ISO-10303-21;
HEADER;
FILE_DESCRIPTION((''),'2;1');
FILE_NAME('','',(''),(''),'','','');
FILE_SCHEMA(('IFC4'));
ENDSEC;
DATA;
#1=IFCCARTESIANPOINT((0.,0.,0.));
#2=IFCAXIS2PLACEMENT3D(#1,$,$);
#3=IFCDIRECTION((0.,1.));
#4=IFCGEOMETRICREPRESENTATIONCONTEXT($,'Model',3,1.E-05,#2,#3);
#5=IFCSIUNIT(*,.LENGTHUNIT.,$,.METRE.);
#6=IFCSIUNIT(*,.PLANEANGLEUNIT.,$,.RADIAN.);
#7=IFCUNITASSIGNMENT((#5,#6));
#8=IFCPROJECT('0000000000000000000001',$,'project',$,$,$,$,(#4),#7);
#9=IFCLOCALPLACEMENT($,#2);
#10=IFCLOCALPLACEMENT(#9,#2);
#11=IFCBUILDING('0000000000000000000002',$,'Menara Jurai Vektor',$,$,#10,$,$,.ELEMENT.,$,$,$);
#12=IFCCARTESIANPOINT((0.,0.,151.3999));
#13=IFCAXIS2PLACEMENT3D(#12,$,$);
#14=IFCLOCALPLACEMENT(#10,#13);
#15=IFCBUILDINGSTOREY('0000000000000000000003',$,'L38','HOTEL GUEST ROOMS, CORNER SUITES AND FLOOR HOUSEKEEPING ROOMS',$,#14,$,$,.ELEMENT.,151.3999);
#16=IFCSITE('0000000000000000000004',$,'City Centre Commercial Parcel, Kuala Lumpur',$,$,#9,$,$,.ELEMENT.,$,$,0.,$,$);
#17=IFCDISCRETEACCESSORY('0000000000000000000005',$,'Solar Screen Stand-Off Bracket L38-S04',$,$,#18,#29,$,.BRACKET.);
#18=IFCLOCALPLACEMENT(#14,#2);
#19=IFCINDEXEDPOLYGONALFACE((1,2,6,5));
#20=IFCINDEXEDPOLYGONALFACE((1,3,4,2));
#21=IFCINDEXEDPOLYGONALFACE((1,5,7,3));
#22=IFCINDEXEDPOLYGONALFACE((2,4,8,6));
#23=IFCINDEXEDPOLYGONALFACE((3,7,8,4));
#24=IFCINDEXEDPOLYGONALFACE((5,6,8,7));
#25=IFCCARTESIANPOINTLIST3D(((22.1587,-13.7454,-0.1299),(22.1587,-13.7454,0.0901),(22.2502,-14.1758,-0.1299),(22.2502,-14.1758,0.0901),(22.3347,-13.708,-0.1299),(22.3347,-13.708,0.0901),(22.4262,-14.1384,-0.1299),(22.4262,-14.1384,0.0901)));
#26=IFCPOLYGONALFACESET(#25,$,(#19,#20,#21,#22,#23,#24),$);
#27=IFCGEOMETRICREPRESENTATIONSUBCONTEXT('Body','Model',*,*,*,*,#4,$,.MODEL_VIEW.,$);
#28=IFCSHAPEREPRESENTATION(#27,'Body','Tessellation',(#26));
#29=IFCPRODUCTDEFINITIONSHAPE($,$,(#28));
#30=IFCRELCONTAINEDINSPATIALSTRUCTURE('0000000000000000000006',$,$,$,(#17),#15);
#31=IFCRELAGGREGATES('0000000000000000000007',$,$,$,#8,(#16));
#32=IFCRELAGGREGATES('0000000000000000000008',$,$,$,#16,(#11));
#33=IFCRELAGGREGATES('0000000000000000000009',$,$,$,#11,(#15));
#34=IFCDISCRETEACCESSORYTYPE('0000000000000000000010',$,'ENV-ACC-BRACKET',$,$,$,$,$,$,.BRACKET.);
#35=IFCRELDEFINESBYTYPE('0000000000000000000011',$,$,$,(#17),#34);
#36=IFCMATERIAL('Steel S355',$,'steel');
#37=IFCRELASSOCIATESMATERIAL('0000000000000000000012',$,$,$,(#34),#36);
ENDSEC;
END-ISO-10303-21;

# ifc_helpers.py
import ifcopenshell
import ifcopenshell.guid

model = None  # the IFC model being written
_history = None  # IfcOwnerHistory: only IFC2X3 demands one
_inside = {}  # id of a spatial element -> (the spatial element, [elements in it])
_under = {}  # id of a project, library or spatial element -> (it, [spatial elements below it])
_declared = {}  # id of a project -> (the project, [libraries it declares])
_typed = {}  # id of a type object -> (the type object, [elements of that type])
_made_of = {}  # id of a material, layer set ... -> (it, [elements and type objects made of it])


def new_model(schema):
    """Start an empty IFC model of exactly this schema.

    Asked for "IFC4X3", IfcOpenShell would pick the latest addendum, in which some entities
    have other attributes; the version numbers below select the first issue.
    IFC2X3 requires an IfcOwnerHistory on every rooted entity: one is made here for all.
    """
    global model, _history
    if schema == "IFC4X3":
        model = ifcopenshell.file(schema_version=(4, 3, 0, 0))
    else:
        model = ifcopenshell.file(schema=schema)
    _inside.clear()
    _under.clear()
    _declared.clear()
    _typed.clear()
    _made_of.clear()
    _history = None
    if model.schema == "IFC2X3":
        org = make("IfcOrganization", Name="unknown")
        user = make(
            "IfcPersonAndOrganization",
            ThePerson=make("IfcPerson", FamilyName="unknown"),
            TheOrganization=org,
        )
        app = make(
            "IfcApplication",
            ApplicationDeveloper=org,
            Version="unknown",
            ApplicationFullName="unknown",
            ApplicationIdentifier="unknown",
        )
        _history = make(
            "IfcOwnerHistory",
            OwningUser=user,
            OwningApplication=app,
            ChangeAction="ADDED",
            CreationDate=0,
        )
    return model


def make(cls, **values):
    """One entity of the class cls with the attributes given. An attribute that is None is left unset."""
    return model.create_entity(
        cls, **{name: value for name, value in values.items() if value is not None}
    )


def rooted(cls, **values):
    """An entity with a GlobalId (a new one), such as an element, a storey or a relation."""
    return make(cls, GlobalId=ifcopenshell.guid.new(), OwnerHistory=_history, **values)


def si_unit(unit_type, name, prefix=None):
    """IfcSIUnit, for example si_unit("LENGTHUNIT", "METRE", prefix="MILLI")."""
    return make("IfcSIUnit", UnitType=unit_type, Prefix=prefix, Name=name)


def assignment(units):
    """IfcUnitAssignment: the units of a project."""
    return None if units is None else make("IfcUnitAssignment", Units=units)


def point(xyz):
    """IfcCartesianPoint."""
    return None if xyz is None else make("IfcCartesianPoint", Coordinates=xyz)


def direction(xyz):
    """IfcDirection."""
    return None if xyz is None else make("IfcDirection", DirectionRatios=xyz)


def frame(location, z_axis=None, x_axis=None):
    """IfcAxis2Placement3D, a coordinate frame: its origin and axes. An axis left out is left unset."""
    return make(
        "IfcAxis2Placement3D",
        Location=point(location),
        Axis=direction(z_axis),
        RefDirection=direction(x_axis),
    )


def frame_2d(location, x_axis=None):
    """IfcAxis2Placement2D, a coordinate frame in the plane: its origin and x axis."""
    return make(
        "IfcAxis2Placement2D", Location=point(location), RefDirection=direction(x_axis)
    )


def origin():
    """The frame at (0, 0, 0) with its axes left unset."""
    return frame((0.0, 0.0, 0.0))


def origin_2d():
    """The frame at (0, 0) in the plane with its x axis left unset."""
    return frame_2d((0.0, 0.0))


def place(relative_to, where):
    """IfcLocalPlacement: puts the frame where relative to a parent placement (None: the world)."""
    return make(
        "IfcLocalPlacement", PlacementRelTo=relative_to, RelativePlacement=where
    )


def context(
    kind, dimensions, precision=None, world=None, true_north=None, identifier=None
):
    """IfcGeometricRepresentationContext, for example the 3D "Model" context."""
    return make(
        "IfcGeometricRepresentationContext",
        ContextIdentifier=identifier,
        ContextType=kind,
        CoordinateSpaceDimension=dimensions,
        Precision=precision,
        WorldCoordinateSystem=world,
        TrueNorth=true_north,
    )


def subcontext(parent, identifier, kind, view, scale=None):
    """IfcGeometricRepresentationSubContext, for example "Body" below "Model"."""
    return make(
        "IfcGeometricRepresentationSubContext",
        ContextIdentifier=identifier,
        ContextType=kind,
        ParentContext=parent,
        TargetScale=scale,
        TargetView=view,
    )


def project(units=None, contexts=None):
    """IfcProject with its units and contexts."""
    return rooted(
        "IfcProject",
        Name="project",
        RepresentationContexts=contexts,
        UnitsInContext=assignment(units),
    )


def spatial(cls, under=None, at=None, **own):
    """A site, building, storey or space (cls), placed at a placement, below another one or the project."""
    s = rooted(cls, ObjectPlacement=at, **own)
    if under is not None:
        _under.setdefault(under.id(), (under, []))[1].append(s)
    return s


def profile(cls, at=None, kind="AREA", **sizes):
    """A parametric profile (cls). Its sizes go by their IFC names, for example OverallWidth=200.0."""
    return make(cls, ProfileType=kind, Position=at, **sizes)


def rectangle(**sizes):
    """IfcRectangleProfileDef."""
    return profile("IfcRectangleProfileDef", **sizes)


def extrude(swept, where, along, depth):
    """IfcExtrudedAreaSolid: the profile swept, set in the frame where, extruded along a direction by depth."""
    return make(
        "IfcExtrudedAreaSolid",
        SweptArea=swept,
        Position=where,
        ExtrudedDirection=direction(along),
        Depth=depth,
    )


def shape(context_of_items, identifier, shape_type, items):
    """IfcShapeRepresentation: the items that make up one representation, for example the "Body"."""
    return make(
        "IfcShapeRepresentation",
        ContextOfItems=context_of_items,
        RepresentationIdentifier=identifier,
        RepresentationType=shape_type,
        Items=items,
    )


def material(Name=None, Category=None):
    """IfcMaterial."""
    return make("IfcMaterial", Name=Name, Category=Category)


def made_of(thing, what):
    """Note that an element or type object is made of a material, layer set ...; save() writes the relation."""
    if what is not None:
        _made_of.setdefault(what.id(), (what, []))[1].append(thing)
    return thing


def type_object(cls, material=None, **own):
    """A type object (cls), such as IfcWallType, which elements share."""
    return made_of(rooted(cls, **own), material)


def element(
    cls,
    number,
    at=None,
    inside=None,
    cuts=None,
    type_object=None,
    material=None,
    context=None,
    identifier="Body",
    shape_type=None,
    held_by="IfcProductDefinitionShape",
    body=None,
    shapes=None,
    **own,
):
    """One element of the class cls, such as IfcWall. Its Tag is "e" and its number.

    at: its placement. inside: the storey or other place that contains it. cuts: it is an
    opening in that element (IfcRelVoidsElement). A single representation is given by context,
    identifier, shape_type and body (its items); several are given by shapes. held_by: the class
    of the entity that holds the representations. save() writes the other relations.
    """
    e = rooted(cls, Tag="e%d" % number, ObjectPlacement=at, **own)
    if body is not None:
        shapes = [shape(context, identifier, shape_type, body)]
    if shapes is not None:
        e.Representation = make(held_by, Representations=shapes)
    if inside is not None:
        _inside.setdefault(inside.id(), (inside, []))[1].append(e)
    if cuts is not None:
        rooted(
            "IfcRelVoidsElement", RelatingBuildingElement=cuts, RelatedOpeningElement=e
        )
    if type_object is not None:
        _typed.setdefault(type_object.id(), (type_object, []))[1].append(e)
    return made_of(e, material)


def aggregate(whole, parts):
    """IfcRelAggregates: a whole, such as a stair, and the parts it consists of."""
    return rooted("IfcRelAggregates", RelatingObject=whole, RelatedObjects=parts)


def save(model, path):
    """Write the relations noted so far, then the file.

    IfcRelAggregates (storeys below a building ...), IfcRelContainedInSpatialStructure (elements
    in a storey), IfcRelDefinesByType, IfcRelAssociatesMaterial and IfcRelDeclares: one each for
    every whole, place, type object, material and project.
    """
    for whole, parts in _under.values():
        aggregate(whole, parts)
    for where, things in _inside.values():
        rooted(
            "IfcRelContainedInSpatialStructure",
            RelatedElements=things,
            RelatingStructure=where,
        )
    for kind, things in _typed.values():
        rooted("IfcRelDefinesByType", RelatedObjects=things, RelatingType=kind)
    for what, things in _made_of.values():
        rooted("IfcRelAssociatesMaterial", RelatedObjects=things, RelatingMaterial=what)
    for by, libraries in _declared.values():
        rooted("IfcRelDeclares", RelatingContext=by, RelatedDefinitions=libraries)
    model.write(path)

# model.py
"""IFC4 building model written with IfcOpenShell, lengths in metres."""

from ifc_helpers import new_model, si_unit, direction, frame, origin, origin_2d, place, context, subcontext, project, spatial, rectangle, extrude, material, type_object, element, save


model = new_model("IFC4")

# Units and contexts
model_context = context("Model", 3, precision=1e-05, world=origin(), true_north=direction((0.0, 1.0)))
body_context = subcontext(model_context, "Body", "Model", "MODEL_VIEW")
ifc_project = project(units=[si_unit("LENGTHUNIT", "METRE"), si_unit("PLANEANGLEUNIT", "RADIAN")], contexts=[model_context])

# Site, building, storey
site_placement = place(None, origin())
site = spatial("IfcSite", under=ifc_project, at=site_placement, Name="City Centre Commercial Parcel, Kuala Lumpur", CompositionType="ELEMENT", RefElevation=0.0)
building_placement = place(site_placement, origin())
building = spatial("IfcBuilding", under=site, at=building_placement, Name="Menara Jurai Vektor", CompositionType="ELEMENT")
storey_placement = place(building_placement, frame((0.0, 0.0, 151.3999)))
storey = spatial("IfcBuildingStorey", under=building, at=storey_placement, Name="L38", Description="HOTEL GUEST ROOMS, CORNER SUITES AND FLOOR HOUSEKEEPING ROOMS", CompositionType="ELEMENT", Elevation=151.3999)

# Shared definitions
ifc_material_1 = material(Name="Steel S355", Category="steel")

# Discrete accessory
discrete_accessory_type = type_object("IfcDiscreteAccessoryType", Name="ENV-ACC-BRACKET", PredefinedType="BRACKET", material=ifc_material_1)
discrete_accessory_placement = place(storey_placement, frame((22.2925, -13.9419, -0.1299), z_axis=(0.0, 0.0, 1.0), x_axis=(0.978148, 0.207912, 0.0)))
element("IfcDiscreteAccessory", 1, at=discrete_accessory_placement, inside=storey, type_object=discrete_accessory_type, Name="Solar Screen Stand-Off Bracket L38-S04", PredefinedType="BRACKET", context=body_context, shape_type="SweptSolid", body=[
    extrude(rectangle(XDim=0.1799, YDim=0.4399, at=origin_2d()), origin(), (0.0, 0.0, 1.0), 0.22),
])

save(model, "model.ifc")
